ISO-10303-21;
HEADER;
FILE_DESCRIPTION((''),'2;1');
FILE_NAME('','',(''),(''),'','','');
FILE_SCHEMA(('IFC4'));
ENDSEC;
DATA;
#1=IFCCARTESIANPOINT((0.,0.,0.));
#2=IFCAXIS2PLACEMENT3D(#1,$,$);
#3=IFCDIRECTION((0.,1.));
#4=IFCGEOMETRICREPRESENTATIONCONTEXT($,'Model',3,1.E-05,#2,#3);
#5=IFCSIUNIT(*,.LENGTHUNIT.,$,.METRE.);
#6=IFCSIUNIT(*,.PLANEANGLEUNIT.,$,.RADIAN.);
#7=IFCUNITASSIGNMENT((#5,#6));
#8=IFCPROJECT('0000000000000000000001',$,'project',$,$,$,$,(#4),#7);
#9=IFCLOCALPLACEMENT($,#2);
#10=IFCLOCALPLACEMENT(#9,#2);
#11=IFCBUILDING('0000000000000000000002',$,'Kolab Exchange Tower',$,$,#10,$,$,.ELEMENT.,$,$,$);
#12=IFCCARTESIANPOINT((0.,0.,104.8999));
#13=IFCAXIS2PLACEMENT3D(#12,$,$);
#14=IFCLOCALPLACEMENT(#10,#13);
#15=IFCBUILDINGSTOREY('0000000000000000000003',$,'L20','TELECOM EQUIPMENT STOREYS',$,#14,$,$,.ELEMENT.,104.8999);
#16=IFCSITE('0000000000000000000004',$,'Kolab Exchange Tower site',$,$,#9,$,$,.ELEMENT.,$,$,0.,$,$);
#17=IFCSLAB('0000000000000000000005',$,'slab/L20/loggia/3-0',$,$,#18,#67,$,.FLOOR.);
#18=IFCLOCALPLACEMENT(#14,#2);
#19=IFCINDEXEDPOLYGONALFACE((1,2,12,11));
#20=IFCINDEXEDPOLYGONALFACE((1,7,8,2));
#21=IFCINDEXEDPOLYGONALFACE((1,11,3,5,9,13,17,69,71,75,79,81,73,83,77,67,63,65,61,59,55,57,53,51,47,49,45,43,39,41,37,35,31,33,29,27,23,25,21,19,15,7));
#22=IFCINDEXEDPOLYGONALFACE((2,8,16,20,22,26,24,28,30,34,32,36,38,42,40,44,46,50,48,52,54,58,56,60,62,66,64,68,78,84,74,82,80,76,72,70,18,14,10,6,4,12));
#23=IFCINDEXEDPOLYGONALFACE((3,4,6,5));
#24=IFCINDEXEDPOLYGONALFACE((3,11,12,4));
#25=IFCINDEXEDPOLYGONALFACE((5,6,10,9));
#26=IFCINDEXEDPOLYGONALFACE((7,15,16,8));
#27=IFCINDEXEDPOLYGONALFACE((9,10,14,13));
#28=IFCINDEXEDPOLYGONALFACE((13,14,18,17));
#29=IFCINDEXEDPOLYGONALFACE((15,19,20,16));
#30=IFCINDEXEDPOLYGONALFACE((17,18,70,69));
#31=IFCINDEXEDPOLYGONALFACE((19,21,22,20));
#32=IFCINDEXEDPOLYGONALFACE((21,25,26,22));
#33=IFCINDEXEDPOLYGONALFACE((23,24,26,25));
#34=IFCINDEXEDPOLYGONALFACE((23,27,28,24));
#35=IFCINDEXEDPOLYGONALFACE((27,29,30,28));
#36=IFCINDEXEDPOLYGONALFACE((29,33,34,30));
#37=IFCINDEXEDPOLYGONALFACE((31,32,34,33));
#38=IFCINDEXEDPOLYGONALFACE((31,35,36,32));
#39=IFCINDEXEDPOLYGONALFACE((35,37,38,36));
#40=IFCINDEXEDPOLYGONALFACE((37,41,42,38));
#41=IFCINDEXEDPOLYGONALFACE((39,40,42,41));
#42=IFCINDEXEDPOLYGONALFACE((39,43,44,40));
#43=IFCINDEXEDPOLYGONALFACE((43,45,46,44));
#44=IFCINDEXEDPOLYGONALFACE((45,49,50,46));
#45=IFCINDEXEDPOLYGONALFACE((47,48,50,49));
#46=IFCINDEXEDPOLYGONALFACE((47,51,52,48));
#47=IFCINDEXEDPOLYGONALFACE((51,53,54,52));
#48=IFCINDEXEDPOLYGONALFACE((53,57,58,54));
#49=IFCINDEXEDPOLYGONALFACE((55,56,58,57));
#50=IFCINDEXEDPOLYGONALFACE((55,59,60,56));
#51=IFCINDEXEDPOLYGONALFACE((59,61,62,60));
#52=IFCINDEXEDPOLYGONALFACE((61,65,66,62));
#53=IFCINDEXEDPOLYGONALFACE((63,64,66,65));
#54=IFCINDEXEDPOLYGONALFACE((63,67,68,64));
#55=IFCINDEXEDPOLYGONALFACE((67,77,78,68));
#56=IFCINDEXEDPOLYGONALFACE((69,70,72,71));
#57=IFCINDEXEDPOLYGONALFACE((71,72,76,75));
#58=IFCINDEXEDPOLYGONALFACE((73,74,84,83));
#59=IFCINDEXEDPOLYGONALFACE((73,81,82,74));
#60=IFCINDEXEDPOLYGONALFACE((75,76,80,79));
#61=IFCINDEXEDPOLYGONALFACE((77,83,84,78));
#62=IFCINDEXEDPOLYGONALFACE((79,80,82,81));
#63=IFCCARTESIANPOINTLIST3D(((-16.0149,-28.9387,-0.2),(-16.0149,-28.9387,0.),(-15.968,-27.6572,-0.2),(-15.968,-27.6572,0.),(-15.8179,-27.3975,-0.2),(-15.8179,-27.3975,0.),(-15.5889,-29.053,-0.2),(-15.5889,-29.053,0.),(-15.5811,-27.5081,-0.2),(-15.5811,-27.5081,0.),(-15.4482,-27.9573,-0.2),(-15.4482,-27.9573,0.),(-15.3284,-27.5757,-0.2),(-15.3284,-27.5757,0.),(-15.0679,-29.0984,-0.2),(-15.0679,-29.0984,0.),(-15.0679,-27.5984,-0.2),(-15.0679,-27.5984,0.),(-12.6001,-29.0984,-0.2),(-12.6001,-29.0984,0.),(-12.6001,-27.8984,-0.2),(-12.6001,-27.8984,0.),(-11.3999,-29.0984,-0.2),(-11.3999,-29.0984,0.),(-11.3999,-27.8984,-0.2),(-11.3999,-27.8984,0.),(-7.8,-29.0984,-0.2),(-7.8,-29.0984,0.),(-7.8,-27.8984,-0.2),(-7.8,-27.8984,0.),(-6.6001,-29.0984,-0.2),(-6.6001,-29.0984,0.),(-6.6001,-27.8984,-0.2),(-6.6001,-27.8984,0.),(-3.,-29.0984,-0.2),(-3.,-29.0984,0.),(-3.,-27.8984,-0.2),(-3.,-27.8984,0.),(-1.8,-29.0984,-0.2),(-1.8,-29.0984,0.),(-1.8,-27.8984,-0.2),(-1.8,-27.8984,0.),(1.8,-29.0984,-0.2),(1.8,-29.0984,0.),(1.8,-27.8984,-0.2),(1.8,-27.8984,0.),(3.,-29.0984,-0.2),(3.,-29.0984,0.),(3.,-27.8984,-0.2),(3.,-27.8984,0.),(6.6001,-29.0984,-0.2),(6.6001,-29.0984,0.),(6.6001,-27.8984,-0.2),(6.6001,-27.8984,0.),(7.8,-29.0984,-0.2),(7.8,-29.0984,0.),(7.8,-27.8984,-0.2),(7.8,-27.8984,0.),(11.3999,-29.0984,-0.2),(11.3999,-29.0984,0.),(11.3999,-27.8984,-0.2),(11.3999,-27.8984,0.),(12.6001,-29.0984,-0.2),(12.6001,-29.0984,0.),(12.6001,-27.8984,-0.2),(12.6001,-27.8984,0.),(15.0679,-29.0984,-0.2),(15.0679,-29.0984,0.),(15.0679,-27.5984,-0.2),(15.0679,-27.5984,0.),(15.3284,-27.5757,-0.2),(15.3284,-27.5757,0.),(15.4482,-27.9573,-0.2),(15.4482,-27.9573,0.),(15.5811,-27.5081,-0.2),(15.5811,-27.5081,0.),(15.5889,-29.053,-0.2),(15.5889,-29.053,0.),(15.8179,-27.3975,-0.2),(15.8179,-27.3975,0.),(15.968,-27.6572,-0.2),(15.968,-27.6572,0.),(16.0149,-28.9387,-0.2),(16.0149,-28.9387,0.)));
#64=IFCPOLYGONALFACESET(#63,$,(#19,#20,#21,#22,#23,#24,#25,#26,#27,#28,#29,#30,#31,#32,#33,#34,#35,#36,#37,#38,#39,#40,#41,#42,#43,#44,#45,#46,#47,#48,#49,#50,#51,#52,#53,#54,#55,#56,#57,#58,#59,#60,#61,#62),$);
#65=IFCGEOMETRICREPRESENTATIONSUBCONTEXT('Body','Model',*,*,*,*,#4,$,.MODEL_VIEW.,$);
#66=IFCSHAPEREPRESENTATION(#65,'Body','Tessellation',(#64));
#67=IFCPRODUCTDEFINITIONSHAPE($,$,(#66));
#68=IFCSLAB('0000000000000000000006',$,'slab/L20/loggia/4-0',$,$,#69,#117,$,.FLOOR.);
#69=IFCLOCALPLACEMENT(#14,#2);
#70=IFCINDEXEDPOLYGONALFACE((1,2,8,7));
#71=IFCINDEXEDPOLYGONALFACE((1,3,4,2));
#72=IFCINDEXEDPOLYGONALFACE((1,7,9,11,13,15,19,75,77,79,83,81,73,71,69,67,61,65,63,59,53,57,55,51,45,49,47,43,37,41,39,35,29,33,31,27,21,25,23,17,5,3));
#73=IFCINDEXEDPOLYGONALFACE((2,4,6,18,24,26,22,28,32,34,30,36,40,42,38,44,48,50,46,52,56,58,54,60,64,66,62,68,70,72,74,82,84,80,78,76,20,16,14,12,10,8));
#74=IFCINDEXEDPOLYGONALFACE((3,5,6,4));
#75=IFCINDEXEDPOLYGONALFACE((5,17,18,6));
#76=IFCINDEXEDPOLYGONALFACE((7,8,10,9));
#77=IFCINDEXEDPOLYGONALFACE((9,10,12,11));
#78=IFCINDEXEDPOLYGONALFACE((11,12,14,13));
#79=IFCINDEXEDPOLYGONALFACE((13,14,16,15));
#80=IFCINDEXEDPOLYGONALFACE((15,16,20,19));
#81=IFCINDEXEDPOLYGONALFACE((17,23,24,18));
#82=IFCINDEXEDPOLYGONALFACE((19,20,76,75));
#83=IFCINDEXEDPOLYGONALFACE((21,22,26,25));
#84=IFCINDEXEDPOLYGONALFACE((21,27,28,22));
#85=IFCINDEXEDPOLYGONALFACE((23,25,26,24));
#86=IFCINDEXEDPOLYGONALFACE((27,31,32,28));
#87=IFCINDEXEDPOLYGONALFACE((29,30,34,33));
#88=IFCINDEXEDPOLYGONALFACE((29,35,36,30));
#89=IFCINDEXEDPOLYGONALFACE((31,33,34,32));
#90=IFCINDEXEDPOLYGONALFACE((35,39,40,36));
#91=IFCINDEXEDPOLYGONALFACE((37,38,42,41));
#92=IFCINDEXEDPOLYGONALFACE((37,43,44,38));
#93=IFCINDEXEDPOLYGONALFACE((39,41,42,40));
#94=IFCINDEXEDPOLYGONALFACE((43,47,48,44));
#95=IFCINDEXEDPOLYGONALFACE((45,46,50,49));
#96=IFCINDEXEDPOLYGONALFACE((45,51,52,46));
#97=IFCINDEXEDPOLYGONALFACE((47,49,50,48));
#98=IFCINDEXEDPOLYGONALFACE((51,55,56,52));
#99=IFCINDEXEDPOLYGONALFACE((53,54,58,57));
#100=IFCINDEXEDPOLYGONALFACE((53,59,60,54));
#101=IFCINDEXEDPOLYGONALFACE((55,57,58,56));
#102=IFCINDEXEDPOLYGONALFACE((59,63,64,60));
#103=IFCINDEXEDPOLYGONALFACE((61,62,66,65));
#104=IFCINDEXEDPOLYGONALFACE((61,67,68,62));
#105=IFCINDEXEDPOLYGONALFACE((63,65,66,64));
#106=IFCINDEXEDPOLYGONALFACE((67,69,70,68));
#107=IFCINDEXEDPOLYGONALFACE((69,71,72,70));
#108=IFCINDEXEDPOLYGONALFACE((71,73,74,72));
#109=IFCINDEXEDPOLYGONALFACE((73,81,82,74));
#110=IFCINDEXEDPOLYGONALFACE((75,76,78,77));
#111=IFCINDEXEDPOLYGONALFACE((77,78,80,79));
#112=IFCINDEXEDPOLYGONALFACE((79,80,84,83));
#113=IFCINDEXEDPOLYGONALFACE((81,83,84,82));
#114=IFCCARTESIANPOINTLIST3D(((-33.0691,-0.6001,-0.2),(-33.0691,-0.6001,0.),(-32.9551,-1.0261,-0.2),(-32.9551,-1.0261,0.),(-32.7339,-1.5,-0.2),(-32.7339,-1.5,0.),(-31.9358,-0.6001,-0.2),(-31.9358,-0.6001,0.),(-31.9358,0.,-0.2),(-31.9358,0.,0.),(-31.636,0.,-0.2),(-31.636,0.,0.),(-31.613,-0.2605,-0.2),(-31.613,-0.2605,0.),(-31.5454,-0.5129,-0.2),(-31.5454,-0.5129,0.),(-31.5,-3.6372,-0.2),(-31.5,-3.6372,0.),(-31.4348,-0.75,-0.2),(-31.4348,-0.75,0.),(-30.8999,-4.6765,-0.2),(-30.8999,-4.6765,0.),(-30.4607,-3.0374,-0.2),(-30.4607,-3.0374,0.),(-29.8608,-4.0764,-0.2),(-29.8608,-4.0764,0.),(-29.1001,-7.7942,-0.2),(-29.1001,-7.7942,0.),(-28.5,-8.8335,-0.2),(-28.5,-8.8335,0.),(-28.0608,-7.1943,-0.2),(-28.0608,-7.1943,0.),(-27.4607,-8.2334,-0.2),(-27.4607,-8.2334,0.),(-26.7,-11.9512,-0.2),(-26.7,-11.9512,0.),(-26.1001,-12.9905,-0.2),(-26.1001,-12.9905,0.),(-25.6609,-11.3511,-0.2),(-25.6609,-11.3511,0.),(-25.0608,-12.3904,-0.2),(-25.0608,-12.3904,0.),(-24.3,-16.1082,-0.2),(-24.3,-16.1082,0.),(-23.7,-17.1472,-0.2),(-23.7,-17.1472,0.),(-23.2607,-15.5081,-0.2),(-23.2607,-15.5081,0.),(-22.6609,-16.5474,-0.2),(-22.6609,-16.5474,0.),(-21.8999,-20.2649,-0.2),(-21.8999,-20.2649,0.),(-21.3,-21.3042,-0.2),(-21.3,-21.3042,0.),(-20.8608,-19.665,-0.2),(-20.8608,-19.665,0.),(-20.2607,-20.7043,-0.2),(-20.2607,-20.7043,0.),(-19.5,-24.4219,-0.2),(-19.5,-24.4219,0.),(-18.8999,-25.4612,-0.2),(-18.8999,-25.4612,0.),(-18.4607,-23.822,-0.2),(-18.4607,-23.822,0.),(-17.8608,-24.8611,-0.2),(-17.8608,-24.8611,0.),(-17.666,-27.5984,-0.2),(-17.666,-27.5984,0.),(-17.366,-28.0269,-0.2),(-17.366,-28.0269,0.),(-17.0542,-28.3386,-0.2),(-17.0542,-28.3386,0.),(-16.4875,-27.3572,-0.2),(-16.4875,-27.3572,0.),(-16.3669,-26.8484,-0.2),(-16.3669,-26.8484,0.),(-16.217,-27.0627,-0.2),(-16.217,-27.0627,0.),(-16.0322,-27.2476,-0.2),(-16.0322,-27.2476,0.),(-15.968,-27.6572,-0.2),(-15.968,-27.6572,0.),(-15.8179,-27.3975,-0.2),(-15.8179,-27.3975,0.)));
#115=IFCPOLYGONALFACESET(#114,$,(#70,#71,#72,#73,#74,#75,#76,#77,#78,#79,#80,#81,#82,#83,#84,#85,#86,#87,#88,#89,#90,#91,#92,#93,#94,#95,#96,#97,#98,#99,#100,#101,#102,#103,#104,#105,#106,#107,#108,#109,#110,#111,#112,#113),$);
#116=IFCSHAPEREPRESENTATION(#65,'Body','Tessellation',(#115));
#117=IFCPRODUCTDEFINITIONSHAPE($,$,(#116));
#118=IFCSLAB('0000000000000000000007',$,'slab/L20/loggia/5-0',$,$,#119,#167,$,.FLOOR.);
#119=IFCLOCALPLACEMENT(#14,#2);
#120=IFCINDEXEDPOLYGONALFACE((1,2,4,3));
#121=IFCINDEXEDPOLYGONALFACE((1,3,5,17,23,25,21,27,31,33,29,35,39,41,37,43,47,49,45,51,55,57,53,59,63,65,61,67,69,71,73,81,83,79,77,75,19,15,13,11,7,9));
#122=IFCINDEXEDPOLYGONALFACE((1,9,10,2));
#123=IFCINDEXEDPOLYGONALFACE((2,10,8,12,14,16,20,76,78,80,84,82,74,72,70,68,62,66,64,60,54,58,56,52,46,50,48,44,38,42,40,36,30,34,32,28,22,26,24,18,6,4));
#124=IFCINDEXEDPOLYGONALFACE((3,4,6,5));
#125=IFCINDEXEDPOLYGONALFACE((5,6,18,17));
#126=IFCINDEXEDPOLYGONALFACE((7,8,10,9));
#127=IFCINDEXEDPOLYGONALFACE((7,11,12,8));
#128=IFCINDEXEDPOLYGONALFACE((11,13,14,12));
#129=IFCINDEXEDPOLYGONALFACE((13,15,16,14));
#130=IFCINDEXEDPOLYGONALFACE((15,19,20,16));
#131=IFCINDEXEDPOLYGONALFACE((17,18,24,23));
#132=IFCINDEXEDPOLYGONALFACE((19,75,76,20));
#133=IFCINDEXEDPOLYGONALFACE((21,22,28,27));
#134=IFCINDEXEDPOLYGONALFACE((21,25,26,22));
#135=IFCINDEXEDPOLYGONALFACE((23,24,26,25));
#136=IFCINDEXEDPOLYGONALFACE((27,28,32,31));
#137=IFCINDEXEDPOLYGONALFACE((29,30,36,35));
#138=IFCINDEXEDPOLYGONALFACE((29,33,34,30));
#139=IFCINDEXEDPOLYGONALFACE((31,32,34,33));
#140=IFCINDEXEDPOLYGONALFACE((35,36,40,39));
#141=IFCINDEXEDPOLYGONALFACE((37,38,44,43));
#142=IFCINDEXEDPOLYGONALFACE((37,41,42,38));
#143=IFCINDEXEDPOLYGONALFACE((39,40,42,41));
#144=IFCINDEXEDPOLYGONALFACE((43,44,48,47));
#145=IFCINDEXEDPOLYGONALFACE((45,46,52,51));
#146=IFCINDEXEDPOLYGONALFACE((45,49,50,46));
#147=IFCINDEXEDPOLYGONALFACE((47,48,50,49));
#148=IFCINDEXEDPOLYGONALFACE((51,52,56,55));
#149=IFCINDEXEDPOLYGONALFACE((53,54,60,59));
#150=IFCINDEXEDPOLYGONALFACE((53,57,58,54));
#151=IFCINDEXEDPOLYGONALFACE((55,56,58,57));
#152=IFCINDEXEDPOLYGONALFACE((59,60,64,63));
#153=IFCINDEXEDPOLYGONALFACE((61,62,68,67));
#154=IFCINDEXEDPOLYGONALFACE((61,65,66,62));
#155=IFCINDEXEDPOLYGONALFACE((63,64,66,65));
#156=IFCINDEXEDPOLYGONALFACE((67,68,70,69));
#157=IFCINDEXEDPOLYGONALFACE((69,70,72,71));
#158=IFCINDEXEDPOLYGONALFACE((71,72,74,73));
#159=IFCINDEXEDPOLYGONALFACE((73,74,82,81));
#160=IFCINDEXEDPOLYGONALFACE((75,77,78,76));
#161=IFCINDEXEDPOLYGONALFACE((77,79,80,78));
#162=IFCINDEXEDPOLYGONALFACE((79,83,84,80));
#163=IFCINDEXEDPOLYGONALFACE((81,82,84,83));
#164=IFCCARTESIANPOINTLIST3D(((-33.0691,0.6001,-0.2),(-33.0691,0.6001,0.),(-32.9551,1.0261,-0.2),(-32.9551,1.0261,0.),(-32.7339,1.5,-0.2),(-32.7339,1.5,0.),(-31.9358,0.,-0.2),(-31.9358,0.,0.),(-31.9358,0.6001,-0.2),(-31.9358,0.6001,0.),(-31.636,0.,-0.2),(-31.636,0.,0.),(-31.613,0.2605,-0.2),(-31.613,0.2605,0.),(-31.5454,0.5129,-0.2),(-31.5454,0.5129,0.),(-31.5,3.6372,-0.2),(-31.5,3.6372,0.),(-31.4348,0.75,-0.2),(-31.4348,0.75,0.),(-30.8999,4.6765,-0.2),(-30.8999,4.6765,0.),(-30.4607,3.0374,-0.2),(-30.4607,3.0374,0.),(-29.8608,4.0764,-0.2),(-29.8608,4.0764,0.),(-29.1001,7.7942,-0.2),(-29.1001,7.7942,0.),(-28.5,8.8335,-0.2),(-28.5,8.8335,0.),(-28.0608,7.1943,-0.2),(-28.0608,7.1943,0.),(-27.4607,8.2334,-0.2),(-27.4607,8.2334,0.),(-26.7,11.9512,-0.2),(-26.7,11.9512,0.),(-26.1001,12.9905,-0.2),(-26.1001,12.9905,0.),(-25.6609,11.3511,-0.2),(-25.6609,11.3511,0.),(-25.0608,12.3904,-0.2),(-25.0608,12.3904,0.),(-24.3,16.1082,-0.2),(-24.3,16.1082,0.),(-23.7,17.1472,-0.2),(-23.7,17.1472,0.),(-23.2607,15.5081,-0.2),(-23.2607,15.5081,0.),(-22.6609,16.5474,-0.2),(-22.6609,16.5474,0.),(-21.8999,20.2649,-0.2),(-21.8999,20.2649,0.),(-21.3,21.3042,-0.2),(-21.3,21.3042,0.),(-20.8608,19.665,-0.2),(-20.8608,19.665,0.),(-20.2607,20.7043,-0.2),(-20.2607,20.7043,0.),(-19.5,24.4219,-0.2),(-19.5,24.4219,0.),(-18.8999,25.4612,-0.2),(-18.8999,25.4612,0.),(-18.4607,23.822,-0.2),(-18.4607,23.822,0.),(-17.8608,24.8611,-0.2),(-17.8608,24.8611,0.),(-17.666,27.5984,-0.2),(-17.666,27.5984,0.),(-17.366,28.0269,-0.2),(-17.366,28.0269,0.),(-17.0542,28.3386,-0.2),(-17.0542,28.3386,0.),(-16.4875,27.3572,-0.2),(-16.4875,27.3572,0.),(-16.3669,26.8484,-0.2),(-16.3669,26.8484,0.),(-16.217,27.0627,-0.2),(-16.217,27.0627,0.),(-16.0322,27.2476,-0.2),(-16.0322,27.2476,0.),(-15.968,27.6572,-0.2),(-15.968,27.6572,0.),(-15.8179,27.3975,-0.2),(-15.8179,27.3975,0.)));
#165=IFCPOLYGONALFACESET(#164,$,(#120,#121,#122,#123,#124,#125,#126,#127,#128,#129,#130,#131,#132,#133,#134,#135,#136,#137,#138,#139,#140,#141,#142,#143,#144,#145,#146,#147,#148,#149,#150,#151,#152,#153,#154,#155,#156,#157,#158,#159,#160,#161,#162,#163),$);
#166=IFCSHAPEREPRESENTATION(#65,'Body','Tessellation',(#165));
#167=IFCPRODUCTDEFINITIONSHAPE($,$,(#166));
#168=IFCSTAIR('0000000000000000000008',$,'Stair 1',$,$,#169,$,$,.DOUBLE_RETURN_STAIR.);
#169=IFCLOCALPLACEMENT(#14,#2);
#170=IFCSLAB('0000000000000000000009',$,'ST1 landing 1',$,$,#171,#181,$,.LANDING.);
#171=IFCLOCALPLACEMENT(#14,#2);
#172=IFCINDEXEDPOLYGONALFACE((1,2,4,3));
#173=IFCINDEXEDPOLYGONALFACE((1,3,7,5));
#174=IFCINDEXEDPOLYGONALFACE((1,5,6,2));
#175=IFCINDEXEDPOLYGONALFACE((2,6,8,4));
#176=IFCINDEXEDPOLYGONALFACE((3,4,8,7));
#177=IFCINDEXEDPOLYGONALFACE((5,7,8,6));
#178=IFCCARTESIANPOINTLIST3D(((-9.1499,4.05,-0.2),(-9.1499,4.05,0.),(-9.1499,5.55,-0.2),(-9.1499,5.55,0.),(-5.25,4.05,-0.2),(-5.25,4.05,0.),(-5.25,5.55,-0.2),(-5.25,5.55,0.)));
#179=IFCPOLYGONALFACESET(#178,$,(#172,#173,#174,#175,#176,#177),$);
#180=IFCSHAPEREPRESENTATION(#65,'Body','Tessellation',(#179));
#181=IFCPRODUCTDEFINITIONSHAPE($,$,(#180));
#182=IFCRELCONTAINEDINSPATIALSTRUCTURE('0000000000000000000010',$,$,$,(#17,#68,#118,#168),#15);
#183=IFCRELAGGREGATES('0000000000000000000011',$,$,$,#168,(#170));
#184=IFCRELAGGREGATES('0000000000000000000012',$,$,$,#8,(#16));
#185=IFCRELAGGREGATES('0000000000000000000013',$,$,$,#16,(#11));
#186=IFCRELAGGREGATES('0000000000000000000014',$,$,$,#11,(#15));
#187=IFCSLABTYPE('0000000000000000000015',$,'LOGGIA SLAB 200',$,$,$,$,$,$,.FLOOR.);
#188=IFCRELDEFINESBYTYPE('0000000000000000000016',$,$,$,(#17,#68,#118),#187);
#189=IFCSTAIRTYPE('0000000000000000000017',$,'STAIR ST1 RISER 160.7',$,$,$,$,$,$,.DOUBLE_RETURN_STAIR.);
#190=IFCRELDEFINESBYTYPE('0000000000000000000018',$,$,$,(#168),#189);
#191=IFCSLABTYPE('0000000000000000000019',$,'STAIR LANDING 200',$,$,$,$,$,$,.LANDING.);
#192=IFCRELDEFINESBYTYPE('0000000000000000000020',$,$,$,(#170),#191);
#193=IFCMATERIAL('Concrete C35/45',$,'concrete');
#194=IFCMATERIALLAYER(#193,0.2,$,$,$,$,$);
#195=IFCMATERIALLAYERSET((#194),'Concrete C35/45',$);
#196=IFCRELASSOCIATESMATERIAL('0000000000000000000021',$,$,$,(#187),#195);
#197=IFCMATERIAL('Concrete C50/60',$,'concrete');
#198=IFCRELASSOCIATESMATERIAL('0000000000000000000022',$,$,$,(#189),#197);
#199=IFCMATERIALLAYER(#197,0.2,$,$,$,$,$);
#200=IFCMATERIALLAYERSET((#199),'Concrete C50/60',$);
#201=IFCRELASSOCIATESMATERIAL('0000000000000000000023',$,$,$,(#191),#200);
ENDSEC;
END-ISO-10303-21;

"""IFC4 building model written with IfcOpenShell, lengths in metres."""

from ifc_helpers import new_model, si_unit, direction, frame, origin, place, context, subcontext, project, spatial, polyline, outline, extrude, material, layer, layer_set, type_object, element, aggregate, save


model = new_model("IFC4")

# Units and contexts
model_context = context("Model", 3, precision=1e-05, world=origin(), true_north=direction((0.0, 1.0)))
body_context = subcontext(model_context, "Body", "Model", "MODEL_VIEW")
ifc_project = project(units=[si_unit("LENGTHUNIT", "METRE"), si_unit("PLANEANGLEUNIT", "RADIAN")], contexts=[model_context])

# Site, building, storey
site_placement = place(None, origin())
site = spatial("IfcSite", under=ifc_project, at=site_placement, Name="Kolab Exchange Tower site", CompositionType="ELEMENT", RefElevation=0.0)
building_placement = place(site_placement, origin())
building = spatial("IfcBuilding", under=site, at=building_placement, Name="Kolab Exchange Tower", CompositionType="ELEMENT")
storey_placement = place(building_placement, frame((0.0, 0.0, 104.8999)))
storey = spatial("IfcBuildingStorey", under=building, at=storey_placement, Name="L20", Description="TELECOM EQUIPMENT STOREYS", CompositionType="ELEMENT", Elevation=104.8999)

# Slabs
ifc_material_1 = material(Name="Concrete C35/45", Category="concrete")
ifc_layer_1 = layer(ifc_material_1, 0.2)
ifc_layer_set_1 = layer_set([ifc_layer_1], Name="Concrete C35/45")
slab_type_1 = type_object("IfcSlabType", Name="LOGGIA SLAB 200", PredefinedType="FLOOR", material=ifc_layer_set_1)
slab_1_placement = place(storey_placement, frame((0.0, 0.0, -0.2)))
element("IfcSlab", 1, at=slab_1_placement, inside=storey, type_object=slab_type_1, Name="slab/L20/loggia/3-0", PredefinedType="FLOOR", context=body_context, shape_type="SweptSolid", body=[
    extrude(outline(polyline([(-15.8179, -27.3975), (-15.968, -27.6572), (-15.4482, -27.9573), (-16.0149, -28.9387), (-15.5889, -29.053), (-15.0679, -29.0984), (-12.6001, -29.0984), (-12.6001, -27.8984), (-11.3999, -27.8984), (-11.3999, -29.0984), (-7.8, -29.0984), (-7.8, -27.8984), (-6.6001, -27.8984), (-6.6001, -29.0984), (-3.0, -29.0984), (-3.0, -27.8984), (-1.8, -27.8984), (-1.8, -29.0984), (1.8, -29.0984), (1.8, -27.8984), (3.0, -27.8984), (3.0, -29.0984), (6.6001, -29.0984), (6.6001, -27.8984), (7.8, -27.8984), (7.8, -29.0984), (11.3999, -29.0984), (11.3999, -27.8984), (12.6001, -27.8984), (12.6001, -29.0984), (15.0679, -29.0984), (15.5889, -29.053), (16.0149, -28.9387), (15.4482, -27.9573), (15.968, -27.6572), (15.8179, -27.3975), (15.5811, -27.5081), (15.3284, -27.5757), (15.0679, -27.5984), (-15.0679, -27.5984), (-15.3284, -27.5757), (-15.5811, -27.5081), (-15.8179, -27.3975)])), origin(), (0.0, 0.0, 1.0), 0.2),
])
slab_2_placement = place(storey_placement, frame((0.0, 0.0, -0.2)))
element("IfcSlab", 2, at=slab_2_placement, inside=storey, type_object=slab_type_1, Name="slab/L20/loggia/4-0", PredefinedType="FLOOR", context=body_context, shape_type="SweptSolid", body=[
    extrude(outline(polyline([(-31.636, 0.0), (-31.9358, 0.0), (-31.9358, -0.6001), (-33.0691, -0.6001), (-32.9551, -1.0261), (-32.7339, -1.5), (-31.5, -3.6372), (-30.4607, -3.0374), (-29.8608, -4.0764), (-30.8999, -4.6765), (-29.1001, -7.7942), (-28.0608, -7.1943), (-27.4607, -8.2334), (-28.5, -8.8335), (-26.7, -11.9512), (-25.6609, -11.3511), (-25.0608, -12.3904), (-26.1001, -12.9905), (-24.3, -16.1082), (-23.2607, -15.5081), (-22.6609, -16.5474), (-23.7, -17.1472), (-21.8999, -20.2649), (-20.8608, -19.665), (-20.2607, -20.7043), (-21.3, -21.3042), (-19.5, -24.4219), (-18.4607, -23.822), (-17.8608, -24.8611), (-18.8999, -25.4612), (-17.666, -27.5984), (-17.366, -28.0269), (-17.0542, -28.3386), (-16.4875, -27.3572), (-15.968, -27.6572), (-15.8179, -27.3975), (-16.0322, -27.2476), (-16.217, -27.0627), (-16.3669, -26.8484), (-31.4348, -0.75), (-31.5454, -0.5129), (-31.613, -0.2605), (-31.636, 0.0)])), origin(), (0.0, 0.0, 1.0), 0.2),
])
slab_3_placement = place(storey_placement, frame((0.0, 0.0, -0.2)))
element("IfcSlab", 3, at=slab_3_placement, inside=storey, type_object=slab_type_1, Name="slab/L20/loggia/5-0", PredefinedType="FLOOR", context=body_context, shape_type="SweptSolid", body=[
    extrude(outline(polyline([(-15.8179, 27.3975), (-15.968, 27.6572), (-16.4875, 27.3572), (-17.0542, 28.3386), (-17.366, 28.0269), (-17.666, 27.5984), (-18.8999, 25.4612), (-17.8608, 24.8611), (-18.4607, 23.822), (-19.5, 24.4219), (-21.3, 21.3042), (-20.2607, 20.7043), (-20.8608, 19.665), (-21.8999, 20.2649), (-23.7, 17.1472), (-22.6609, 16.5474), (-23.2607, 15.5081), (-24.3, 16.1082), (-26.1001, 12.9905), (-25.0608, 12.3904), (-25.6609, 11.3511), (-26.7, 11.9512), (-28.5, 8.8335), (-27.4607, 8.2334), (-28.0608, 7.1943), (-29.1001, 7.7942), (-30.8999, 4.6765), (-29.8608, 4.0764), (-30.4607, 3.0374), (-31.5, 3.6372), (-32.7339, 1.5), (-32.9551, 1.0261), (-33.0691, 0.6001), (-31.9358, 0.6001), (-31.9358, 0.0), (-31.636, 0.0), (-31.613, 0.2605), (-31.5454, 0.5129), (-31.4348, 0.75), (-16.3669, 26.8484), (-16.217, 27.0627), (-16.0322, 27.2476), (-15.8179, 27.3975)])), origin(), (0.0, 0.0, 1.0), 0.2),
])

# Stair, slab
ifc_material_2 = material(Name="Concrete C50/60", Category="concrete")
stair_type_1 = type_object("IfcStairType", Name="STAIR ST1 RISER 160.7", PredefinedType="DOUBLE_RETURN_STAIR", material=ifc_material_2)
stair_1_placement = place(storey_placement, origin())
stair_1 = element("IfcStair", 4, at=stair_1_placement, inside=storey, type_object=stair_type_1, Name="Stair 1", PredefinedType="DOUBLE_RETURN_STAIR")
ifc_layer_2 = layer(ifc_material_2, 0.2)
ifc_layer_set_2 = layer_set([ifc_layer_2], Name="Concrete C50/60")
slab_type_2 = type_object("IfcSlabType", Name="STAIR LANDING 200", PredefinedType="LANDING", material=ifc_layer_set_2)
slab_4_placement = place(storey_placement, frame((0.0, 0.0, -0.2)))
slab_4 = element("IfcSlab", 5, at=slab_4_placement, type_object=slab_type_2, Name="ST1 landing 1", PredefinedType="LANDING", context=body_context, shape_type="SweptSolid", body=[
    extrude(outline(polyline([(-9.1499, 4.05), (-5.25, 4.05), (-5.25, 5.55), (-9.1499, 5.55), (-9.1499, 4.05)])), origin(), (0.0, 0.0, 1.0), 0.2),
])
aggregate(stair_1, [slab_4])

save(model, "model.ifc")
